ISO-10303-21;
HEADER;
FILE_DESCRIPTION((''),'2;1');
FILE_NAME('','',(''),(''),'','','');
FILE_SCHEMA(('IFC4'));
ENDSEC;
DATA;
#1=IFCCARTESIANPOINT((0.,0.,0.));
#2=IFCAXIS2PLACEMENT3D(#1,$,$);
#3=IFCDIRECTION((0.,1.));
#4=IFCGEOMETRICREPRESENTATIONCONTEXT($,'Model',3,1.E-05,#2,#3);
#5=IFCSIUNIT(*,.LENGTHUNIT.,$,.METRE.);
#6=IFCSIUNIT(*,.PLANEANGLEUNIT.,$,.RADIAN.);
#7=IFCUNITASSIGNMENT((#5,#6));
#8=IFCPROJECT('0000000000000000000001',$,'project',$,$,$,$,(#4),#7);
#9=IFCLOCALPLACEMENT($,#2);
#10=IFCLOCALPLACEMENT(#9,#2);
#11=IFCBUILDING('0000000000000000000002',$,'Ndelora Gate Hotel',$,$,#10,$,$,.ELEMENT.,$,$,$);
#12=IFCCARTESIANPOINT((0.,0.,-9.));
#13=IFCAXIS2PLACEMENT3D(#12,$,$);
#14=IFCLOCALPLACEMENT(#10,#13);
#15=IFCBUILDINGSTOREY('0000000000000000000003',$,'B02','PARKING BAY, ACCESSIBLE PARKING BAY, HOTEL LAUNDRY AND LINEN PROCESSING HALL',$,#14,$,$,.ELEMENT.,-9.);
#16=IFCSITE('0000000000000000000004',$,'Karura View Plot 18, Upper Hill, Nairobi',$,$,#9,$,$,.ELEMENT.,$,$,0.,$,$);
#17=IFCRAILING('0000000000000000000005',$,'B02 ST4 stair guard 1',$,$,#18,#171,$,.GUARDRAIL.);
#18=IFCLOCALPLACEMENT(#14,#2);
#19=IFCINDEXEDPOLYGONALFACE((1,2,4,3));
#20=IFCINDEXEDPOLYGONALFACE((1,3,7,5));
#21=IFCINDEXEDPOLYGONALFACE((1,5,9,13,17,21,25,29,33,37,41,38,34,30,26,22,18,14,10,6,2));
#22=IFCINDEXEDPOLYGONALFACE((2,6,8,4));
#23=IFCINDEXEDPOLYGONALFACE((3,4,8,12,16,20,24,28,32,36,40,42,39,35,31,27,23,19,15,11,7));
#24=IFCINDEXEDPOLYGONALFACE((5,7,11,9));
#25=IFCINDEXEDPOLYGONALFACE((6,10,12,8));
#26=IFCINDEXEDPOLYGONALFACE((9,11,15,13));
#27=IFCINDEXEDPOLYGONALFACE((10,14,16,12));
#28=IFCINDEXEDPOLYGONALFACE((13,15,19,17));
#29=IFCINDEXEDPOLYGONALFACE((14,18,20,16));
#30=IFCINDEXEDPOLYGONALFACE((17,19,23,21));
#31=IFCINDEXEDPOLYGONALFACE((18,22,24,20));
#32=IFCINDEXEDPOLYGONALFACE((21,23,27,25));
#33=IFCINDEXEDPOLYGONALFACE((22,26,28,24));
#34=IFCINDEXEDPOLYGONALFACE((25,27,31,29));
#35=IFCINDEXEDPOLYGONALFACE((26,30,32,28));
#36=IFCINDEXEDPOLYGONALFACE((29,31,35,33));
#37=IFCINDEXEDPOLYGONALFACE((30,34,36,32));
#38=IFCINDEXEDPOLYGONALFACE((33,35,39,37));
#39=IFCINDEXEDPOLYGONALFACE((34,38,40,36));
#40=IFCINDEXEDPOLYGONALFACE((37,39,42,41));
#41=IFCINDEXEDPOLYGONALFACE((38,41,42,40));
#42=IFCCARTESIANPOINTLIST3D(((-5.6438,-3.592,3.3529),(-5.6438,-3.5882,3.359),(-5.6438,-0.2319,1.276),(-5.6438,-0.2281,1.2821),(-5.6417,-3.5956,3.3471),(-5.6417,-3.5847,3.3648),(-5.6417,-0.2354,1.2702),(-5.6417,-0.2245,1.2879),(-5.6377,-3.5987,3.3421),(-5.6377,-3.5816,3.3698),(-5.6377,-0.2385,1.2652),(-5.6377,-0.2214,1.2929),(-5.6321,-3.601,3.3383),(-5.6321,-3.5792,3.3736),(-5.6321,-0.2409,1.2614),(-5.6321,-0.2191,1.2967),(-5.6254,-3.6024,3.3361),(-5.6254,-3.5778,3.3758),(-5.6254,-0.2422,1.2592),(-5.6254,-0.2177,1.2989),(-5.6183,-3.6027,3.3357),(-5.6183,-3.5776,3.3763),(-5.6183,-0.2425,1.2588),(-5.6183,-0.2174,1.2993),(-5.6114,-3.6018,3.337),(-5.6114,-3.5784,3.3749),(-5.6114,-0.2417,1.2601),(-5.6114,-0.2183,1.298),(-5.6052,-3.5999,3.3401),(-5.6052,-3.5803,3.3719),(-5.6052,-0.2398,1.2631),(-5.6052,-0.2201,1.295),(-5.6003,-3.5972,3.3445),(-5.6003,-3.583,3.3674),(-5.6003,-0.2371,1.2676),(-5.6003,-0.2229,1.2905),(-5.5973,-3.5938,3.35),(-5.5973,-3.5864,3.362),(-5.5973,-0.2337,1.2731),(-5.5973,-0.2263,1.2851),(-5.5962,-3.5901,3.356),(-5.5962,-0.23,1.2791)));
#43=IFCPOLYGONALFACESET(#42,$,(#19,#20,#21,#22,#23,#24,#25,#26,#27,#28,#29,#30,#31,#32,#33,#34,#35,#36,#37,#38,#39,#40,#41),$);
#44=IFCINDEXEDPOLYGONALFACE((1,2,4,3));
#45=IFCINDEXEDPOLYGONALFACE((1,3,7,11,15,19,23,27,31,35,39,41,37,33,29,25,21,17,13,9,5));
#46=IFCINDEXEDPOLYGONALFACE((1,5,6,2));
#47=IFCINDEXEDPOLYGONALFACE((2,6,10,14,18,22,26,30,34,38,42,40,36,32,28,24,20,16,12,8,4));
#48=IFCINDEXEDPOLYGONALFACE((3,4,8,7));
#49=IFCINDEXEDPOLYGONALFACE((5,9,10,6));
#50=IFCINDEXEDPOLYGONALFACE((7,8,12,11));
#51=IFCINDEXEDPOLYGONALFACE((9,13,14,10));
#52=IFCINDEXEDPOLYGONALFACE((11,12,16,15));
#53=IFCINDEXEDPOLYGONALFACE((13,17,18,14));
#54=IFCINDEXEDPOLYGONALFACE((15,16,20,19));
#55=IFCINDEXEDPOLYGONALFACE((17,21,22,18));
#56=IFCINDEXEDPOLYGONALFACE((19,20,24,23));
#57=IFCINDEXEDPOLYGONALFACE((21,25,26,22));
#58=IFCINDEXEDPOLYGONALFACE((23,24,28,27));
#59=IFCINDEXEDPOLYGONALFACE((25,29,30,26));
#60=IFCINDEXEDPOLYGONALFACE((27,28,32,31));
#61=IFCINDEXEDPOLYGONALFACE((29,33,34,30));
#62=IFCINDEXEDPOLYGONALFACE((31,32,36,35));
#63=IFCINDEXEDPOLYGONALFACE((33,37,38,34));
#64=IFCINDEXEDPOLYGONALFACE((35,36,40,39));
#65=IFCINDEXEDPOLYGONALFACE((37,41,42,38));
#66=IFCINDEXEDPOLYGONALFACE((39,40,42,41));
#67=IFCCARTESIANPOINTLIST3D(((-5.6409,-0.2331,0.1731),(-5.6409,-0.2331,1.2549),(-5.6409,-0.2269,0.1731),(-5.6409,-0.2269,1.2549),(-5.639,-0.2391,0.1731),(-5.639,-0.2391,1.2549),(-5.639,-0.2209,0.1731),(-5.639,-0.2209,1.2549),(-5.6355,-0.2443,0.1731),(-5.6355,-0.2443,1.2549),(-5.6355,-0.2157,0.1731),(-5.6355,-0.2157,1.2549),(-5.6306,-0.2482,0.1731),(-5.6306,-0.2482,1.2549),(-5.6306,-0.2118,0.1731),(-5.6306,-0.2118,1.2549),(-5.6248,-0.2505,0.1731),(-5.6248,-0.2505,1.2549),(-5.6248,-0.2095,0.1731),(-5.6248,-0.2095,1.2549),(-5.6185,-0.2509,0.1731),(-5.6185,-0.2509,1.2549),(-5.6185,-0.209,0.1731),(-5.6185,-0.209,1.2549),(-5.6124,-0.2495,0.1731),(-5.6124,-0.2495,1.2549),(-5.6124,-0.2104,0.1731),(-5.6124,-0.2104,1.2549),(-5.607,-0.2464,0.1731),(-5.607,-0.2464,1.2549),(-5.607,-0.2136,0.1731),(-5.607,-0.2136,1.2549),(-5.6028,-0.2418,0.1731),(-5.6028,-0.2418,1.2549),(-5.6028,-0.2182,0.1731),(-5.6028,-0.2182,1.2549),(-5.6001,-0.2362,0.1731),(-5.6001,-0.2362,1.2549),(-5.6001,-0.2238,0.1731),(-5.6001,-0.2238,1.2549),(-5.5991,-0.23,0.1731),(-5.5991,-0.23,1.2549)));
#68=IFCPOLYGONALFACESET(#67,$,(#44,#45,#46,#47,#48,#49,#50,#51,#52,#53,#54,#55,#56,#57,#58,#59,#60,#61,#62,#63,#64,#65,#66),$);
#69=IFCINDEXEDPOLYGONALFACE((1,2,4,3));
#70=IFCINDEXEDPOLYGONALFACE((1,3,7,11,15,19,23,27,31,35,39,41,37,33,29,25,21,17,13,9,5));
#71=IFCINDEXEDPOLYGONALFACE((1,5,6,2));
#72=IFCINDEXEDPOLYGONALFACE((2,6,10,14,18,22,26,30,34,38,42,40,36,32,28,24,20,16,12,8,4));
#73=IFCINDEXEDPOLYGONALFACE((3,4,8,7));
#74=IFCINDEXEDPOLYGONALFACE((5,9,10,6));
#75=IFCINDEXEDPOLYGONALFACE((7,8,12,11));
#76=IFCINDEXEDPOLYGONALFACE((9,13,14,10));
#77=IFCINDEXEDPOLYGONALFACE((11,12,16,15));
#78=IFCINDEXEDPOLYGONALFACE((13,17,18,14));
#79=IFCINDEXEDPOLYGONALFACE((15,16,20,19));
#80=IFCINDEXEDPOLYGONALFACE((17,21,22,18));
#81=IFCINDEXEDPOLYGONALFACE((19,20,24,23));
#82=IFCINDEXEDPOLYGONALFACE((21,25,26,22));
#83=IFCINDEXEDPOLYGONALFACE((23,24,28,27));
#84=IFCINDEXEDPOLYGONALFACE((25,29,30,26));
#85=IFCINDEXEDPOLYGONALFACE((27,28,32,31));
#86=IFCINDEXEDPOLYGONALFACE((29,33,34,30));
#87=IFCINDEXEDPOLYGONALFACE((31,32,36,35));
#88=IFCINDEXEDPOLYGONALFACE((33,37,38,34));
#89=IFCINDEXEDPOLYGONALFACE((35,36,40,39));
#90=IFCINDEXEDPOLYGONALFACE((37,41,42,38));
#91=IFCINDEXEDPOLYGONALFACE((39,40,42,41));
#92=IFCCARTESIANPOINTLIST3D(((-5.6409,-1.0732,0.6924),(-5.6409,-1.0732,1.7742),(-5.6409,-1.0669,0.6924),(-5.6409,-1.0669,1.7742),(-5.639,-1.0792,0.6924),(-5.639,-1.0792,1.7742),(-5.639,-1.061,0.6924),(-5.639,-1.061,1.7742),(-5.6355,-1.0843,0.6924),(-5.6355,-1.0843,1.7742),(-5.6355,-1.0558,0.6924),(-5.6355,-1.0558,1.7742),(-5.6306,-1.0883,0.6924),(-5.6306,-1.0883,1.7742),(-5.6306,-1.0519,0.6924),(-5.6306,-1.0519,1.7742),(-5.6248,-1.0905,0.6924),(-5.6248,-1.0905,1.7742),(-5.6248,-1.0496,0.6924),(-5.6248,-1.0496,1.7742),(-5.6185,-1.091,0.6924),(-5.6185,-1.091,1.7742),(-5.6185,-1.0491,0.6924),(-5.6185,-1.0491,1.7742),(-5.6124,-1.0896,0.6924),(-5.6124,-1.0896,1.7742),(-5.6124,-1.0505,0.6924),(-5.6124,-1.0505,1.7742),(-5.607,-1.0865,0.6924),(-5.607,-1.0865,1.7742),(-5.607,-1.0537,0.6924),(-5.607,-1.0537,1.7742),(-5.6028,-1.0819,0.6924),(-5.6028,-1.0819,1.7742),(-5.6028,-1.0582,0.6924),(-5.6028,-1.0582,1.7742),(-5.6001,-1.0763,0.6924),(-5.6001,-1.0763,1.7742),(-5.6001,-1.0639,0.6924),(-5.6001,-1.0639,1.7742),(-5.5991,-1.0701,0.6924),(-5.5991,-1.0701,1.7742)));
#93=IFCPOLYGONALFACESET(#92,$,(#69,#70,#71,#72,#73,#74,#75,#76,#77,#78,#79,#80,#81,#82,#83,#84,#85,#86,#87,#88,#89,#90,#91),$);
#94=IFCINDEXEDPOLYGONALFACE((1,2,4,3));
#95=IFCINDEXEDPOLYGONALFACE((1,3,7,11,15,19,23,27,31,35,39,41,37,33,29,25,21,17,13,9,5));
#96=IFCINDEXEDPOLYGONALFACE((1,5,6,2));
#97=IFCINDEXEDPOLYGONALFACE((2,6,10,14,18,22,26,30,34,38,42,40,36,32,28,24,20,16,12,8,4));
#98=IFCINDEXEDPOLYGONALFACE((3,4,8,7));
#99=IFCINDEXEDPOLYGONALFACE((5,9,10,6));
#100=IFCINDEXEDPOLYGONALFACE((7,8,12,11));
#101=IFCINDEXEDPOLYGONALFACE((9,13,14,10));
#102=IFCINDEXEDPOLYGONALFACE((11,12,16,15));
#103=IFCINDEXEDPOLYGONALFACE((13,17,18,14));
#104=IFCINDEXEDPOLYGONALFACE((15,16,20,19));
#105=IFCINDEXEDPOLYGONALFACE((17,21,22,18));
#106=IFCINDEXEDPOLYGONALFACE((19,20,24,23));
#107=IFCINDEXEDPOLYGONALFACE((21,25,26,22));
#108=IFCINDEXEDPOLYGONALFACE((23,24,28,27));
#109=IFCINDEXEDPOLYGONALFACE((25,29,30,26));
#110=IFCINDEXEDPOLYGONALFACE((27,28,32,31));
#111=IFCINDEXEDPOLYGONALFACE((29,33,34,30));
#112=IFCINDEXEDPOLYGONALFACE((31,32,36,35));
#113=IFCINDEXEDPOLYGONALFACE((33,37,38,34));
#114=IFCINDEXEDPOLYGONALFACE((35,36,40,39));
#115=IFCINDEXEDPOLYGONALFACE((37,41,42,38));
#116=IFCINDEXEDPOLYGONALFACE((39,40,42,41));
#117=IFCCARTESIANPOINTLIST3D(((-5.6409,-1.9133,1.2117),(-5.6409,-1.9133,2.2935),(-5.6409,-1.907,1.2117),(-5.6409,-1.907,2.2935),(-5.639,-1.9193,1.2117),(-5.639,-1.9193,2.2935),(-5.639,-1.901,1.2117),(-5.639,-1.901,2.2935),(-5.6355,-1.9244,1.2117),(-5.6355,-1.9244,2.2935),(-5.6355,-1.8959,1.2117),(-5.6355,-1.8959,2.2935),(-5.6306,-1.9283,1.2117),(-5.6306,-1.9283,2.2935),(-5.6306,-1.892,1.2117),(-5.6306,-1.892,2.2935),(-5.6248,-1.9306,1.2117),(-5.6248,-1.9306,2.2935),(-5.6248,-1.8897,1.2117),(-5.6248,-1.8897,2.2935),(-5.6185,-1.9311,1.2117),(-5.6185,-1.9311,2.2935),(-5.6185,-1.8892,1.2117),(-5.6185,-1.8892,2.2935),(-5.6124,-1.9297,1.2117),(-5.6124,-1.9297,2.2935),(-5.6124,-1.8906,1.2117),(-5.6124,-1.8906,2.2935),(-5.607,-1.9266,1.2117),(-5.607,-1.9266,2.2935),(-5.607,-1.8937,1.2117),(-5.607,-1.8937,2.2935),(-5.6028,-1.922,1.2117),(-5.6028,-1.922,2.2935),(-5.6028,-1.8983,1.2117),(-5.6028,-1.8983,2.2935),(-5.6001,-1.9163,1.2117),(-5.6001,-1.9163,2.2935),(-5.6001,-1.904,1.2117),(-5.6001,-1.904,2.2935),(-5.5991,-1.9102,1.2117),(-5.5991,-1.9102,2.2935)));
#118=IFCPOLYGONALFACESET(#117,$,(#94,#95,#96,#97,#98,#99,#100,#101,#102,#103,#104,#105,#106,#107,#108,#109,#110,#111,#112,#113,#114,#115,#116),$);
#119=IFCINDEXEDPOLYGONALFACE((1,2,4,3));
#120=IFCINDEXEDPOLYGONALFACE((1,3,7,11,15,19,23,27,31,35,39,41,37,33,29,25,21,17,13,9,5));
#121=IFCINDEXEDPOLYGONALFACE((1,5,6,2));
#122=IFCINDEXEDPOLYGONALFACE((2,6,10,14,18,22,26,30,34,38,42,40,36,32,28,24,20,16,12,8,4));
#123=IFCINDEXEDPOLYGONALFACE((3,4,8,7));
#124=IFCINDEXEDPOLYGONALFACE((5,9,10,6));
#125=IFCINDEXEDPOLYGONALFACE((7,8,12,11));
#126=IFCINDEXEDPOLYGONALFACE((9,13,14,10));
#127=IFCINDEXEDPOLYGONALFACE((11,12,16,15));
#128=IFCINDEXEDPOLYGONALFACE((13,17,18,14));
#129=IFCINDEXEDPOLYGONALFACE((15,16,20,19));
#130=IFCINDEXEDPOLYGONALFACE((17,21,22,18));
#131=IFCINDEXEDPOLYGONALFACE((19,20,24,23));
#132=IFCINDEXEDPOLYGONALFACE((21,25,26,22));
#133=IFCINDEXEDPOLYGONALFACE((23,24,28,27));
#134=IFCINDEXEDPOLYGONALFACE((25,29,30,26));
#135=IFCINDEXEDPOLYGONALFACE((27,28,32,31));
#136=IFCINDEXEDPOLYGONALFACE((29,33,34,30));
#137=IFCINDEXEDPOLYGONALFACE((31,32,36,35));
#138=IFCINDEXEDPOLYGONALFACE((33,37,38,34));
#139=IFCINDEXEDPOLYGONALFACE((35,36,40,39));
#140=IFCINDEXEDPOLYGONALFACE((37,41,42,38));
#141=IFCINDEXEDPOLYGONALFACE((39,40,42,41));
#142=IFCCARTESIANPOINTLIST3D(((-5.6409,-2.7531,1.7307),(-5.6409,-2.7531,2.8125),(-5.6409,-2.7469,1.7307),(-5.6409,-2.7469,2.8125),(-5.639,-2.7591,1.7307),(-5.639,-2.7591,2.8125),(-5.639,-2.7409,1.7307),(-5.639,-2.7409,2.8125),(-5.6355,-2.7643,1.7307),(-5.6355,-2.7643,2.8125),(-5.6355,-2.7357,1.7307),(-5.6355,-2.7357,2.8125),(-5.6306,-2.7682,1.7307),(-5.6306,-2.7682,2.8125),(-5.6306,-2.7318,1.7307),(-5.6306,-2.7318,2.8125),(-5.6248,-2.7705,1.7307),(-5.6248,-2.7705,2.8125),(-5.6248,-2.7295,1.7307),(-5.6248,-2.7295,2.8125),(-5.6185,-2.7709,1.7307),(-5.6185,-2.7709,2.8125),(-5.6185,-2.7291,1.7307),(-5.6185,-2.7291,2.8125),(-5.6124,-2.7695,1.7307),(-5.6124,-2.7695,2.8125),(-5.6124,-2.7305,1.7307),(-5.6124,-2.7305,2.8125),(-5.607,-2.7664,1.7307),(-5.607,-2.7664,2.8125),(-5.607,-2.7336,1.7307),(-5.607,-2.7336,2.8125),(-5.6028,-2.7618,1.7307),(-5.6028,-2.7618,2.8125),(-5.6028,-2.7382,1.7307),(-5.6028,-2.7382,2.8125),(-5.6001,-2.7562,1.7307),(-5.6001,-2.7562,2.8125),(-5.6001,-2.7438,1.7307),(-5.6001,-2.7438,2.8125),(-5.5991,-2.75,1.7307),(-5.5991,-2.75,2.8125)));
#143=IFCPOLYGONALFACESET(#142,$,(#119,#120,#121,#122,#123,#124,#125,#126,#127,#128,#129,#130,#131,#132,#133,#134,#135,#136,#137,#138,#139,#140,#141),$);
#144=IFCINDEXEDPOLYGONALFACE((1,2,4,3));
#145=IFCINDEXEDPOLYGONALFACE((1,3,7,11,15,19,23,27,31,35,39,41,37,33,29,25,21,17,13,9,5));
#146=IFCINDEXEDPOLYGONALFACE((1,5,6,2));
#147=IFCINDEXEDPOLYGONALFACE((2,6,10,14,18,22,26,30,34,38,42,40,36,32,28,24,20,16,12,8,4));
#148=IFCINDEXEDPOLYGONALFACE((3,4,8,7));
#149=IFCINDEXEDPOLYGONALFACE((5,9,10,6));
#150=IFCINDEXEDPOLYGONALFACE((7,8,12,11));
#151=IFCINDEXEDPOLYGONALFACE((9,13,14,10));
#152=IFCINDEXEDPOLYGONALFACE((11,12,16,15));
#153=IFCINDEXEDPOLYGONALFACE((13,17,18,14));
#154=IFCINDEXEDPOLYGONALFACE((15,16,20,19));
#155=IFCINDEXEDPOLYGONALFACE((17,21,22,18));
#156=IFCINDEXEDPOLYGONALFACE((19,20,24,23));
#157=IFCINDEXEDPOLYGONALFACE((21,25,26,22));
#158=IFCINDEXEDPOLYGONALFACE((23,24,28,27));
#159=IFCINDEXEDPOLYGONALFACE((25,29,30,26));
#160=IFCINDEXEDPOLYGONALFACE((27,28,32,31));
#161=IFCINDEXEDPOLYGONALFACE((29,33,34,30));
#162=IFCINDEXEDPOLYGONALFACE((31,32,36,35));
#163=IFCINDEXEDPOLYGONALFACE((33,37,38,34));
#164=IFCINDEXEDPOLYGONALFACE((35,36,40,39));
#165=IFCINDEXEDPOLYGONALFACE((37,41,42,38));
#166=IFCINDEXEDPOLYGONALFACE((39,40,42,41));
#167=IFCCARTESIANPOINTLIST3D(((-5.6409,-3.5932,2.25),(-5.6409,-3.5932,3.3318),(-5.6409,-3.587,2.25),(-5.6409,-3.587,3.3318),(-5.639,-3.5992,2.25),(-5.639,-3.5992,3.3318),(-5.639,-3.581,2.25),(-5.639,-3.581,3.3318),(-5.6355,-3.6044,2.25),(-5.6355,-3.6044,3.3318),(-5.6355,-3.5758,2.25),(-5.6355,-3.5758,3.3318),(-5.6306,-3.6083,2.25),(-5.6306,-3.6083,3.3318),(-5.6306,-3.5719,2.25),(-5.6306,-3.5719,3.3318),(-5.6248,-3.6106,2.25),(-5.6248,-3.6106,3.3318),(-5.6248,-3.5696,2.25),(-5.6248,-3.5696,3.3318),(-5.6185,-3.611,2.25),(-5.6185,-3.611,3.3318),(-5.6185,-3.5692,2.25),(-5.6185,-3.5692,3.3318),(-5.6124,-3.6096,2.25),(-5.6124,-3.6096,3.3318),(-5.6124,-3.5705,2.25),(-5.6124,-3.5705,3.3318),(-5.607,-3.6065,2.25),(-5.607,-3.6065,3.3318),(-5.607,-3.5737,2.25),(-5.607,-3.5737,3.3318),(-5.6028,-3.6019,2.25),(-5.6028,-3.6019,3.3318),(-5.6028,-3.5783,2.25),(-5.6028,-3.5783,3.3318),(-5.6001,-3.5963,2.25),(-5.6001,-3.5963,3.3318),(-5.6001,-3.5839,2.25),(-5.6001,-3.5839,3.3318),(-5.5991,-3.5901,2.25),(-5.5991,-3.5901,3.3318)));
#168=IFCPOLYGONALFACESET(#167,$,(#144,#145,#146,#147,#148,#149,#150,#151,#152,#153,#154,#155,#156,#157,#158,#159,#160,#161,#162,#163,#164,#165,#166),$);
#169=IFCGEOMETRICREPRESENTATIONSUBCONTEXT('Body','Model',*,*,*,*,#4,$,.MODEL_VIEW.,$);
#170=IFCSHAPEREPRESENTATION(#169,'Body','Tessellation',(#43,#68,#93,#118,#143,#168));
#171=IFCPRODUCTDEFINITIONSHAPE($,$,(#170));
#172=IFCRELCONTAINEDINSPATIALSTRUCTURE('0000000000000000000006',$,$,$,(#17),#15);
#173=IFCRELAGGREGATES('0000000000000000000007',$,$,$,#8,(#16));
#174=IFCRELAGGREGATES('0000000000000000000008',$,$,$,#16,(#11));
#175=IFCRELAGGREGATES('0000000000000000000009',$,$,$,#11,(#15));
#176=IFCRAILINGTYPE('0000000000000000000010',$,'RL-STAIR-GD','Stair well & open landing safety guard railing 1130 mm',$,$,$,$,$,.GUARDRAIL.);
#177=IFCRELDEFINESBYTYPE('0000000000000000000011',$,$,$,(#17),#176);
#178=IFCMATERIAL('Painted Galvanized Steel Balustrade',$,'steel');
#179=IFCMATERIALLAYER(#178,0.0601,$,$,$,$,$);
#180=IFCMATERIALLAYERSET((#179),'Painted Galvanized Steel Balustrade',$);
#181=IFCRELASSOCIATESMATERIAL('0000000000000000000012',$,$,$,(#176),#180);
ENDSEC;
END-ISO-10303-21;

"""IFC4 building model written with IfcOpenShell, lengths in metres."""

from ifc_helpers import new_model, si_unit, direction, frame, origin, origin_2d, place, context, subcontext, project, spatial, circle, extrude, material, layer, layer_set, type_object, element, save


model = new_model("IFC4")

# Units and contexts
model_context = context("Model", 3, precision=1e-05, world=origin(), true_north=direction((0.0, 1.0)))
body_context = subcontext(model_context, "Body", "Model", "MODEL_VIEW")
ifc_project = project(units=[si_unit("LENGTHUNIT", "METRE"), si_unit("PLANEANGLEUNIT", "RADIAN")], contexts=[model_context])

# Site, building, storey
site_placement = place(None, origin())
site = spatial("IfcSite", under=ifc_project, at=site_placement, Name="Karura View Plot 18, Upper Hill, Nairobi", CompositionType="ELEMENT", RefElevation=0.0)
building_placement = place(site_placement, origin())
building = spatial("IfcBuilding", under=site, at=building_placement, Name="Ndelora Gate Hotel", CompositionType="ELEMENT")
storey_placement = place(building_placement, frame((0.0, 0.0, -9.0)))
storey = spatial("IfcBuildingStorey", under=building, at=storey_placement, Name="B02", Description="PARKING BAY, ACCESSIBLE PARKING BAY, HOTEL LAUNDRY AND LINEN PROCESSING HALL", CompositionType="ELEMENT", Elevation=-9.0)

# Railing
ifc_material_1 = material(Name="Painted Galvanized Steel Balustrade", Category="steel")
ifc_layer_1 = layer(ifc_material_1, 0.0601)
ifc_layer_set_1 = layer_set([ifc_layer_1], Name="Painted Galvanized Steel Balustrade")
railing_type_1 = type_object("IfcRailingType", Name="RL-STAIR-GD", Description="Stair well & open landing safety guard railing 1130 mm", PredefinedType="GUARDRAIL", material=ifc_layer_set_1)
railing_1_placement = place(storey_placement, frame((-5.6201, -0.23, 0.1731)))
element("IfcRailing", 1, at=railing_1_placement, inside=storey, type_object=railing_type_1, Name="B02 ST4 stair guard 1", PredefinedType="GUARDRAIL", context=body_context, shape_type="SweptSolid", body=[
    extrude(circle(Radius=0.0239, at=origin_2d()), frame((0.0, 0.0, 1.106), z_axis=(0.0, -0.850623, 0.525776), x_axis=(1.0, 0.0, 0.0)), (0.0, 0.0, 1.0), 3.9502),
    extrude(circle(Radius=0.021, at=origin_2d()), origin(), (0.0, 0.0, 1.0), 1.0818),
    extrude(circle(Radius=0.021, at=origin_2d()), frame((0.0, -0.8401, 0.5193)), (0.0, 0.0, 1.0), 1.0818),
    extrude(circle(Radius=0.021, at=origin_2d()), frame((0.0, -1.6802, 1.0386)), (0.0, 0.0, 1.0), 1.0818),
    extrude(circle(Radius=0.021, at=origin_2d()), frame((0.0, -2.52, 1.5576)), (0.0, 0.0, 1.0), 1.0818),
    extrude(circle(Radius=0.021, at=origin_2d()), frame((0.0, -3.3601, 2.0769)), (0.0, 0.0, 1.0), 1.0818),
])

save(model, "model.ifc")
